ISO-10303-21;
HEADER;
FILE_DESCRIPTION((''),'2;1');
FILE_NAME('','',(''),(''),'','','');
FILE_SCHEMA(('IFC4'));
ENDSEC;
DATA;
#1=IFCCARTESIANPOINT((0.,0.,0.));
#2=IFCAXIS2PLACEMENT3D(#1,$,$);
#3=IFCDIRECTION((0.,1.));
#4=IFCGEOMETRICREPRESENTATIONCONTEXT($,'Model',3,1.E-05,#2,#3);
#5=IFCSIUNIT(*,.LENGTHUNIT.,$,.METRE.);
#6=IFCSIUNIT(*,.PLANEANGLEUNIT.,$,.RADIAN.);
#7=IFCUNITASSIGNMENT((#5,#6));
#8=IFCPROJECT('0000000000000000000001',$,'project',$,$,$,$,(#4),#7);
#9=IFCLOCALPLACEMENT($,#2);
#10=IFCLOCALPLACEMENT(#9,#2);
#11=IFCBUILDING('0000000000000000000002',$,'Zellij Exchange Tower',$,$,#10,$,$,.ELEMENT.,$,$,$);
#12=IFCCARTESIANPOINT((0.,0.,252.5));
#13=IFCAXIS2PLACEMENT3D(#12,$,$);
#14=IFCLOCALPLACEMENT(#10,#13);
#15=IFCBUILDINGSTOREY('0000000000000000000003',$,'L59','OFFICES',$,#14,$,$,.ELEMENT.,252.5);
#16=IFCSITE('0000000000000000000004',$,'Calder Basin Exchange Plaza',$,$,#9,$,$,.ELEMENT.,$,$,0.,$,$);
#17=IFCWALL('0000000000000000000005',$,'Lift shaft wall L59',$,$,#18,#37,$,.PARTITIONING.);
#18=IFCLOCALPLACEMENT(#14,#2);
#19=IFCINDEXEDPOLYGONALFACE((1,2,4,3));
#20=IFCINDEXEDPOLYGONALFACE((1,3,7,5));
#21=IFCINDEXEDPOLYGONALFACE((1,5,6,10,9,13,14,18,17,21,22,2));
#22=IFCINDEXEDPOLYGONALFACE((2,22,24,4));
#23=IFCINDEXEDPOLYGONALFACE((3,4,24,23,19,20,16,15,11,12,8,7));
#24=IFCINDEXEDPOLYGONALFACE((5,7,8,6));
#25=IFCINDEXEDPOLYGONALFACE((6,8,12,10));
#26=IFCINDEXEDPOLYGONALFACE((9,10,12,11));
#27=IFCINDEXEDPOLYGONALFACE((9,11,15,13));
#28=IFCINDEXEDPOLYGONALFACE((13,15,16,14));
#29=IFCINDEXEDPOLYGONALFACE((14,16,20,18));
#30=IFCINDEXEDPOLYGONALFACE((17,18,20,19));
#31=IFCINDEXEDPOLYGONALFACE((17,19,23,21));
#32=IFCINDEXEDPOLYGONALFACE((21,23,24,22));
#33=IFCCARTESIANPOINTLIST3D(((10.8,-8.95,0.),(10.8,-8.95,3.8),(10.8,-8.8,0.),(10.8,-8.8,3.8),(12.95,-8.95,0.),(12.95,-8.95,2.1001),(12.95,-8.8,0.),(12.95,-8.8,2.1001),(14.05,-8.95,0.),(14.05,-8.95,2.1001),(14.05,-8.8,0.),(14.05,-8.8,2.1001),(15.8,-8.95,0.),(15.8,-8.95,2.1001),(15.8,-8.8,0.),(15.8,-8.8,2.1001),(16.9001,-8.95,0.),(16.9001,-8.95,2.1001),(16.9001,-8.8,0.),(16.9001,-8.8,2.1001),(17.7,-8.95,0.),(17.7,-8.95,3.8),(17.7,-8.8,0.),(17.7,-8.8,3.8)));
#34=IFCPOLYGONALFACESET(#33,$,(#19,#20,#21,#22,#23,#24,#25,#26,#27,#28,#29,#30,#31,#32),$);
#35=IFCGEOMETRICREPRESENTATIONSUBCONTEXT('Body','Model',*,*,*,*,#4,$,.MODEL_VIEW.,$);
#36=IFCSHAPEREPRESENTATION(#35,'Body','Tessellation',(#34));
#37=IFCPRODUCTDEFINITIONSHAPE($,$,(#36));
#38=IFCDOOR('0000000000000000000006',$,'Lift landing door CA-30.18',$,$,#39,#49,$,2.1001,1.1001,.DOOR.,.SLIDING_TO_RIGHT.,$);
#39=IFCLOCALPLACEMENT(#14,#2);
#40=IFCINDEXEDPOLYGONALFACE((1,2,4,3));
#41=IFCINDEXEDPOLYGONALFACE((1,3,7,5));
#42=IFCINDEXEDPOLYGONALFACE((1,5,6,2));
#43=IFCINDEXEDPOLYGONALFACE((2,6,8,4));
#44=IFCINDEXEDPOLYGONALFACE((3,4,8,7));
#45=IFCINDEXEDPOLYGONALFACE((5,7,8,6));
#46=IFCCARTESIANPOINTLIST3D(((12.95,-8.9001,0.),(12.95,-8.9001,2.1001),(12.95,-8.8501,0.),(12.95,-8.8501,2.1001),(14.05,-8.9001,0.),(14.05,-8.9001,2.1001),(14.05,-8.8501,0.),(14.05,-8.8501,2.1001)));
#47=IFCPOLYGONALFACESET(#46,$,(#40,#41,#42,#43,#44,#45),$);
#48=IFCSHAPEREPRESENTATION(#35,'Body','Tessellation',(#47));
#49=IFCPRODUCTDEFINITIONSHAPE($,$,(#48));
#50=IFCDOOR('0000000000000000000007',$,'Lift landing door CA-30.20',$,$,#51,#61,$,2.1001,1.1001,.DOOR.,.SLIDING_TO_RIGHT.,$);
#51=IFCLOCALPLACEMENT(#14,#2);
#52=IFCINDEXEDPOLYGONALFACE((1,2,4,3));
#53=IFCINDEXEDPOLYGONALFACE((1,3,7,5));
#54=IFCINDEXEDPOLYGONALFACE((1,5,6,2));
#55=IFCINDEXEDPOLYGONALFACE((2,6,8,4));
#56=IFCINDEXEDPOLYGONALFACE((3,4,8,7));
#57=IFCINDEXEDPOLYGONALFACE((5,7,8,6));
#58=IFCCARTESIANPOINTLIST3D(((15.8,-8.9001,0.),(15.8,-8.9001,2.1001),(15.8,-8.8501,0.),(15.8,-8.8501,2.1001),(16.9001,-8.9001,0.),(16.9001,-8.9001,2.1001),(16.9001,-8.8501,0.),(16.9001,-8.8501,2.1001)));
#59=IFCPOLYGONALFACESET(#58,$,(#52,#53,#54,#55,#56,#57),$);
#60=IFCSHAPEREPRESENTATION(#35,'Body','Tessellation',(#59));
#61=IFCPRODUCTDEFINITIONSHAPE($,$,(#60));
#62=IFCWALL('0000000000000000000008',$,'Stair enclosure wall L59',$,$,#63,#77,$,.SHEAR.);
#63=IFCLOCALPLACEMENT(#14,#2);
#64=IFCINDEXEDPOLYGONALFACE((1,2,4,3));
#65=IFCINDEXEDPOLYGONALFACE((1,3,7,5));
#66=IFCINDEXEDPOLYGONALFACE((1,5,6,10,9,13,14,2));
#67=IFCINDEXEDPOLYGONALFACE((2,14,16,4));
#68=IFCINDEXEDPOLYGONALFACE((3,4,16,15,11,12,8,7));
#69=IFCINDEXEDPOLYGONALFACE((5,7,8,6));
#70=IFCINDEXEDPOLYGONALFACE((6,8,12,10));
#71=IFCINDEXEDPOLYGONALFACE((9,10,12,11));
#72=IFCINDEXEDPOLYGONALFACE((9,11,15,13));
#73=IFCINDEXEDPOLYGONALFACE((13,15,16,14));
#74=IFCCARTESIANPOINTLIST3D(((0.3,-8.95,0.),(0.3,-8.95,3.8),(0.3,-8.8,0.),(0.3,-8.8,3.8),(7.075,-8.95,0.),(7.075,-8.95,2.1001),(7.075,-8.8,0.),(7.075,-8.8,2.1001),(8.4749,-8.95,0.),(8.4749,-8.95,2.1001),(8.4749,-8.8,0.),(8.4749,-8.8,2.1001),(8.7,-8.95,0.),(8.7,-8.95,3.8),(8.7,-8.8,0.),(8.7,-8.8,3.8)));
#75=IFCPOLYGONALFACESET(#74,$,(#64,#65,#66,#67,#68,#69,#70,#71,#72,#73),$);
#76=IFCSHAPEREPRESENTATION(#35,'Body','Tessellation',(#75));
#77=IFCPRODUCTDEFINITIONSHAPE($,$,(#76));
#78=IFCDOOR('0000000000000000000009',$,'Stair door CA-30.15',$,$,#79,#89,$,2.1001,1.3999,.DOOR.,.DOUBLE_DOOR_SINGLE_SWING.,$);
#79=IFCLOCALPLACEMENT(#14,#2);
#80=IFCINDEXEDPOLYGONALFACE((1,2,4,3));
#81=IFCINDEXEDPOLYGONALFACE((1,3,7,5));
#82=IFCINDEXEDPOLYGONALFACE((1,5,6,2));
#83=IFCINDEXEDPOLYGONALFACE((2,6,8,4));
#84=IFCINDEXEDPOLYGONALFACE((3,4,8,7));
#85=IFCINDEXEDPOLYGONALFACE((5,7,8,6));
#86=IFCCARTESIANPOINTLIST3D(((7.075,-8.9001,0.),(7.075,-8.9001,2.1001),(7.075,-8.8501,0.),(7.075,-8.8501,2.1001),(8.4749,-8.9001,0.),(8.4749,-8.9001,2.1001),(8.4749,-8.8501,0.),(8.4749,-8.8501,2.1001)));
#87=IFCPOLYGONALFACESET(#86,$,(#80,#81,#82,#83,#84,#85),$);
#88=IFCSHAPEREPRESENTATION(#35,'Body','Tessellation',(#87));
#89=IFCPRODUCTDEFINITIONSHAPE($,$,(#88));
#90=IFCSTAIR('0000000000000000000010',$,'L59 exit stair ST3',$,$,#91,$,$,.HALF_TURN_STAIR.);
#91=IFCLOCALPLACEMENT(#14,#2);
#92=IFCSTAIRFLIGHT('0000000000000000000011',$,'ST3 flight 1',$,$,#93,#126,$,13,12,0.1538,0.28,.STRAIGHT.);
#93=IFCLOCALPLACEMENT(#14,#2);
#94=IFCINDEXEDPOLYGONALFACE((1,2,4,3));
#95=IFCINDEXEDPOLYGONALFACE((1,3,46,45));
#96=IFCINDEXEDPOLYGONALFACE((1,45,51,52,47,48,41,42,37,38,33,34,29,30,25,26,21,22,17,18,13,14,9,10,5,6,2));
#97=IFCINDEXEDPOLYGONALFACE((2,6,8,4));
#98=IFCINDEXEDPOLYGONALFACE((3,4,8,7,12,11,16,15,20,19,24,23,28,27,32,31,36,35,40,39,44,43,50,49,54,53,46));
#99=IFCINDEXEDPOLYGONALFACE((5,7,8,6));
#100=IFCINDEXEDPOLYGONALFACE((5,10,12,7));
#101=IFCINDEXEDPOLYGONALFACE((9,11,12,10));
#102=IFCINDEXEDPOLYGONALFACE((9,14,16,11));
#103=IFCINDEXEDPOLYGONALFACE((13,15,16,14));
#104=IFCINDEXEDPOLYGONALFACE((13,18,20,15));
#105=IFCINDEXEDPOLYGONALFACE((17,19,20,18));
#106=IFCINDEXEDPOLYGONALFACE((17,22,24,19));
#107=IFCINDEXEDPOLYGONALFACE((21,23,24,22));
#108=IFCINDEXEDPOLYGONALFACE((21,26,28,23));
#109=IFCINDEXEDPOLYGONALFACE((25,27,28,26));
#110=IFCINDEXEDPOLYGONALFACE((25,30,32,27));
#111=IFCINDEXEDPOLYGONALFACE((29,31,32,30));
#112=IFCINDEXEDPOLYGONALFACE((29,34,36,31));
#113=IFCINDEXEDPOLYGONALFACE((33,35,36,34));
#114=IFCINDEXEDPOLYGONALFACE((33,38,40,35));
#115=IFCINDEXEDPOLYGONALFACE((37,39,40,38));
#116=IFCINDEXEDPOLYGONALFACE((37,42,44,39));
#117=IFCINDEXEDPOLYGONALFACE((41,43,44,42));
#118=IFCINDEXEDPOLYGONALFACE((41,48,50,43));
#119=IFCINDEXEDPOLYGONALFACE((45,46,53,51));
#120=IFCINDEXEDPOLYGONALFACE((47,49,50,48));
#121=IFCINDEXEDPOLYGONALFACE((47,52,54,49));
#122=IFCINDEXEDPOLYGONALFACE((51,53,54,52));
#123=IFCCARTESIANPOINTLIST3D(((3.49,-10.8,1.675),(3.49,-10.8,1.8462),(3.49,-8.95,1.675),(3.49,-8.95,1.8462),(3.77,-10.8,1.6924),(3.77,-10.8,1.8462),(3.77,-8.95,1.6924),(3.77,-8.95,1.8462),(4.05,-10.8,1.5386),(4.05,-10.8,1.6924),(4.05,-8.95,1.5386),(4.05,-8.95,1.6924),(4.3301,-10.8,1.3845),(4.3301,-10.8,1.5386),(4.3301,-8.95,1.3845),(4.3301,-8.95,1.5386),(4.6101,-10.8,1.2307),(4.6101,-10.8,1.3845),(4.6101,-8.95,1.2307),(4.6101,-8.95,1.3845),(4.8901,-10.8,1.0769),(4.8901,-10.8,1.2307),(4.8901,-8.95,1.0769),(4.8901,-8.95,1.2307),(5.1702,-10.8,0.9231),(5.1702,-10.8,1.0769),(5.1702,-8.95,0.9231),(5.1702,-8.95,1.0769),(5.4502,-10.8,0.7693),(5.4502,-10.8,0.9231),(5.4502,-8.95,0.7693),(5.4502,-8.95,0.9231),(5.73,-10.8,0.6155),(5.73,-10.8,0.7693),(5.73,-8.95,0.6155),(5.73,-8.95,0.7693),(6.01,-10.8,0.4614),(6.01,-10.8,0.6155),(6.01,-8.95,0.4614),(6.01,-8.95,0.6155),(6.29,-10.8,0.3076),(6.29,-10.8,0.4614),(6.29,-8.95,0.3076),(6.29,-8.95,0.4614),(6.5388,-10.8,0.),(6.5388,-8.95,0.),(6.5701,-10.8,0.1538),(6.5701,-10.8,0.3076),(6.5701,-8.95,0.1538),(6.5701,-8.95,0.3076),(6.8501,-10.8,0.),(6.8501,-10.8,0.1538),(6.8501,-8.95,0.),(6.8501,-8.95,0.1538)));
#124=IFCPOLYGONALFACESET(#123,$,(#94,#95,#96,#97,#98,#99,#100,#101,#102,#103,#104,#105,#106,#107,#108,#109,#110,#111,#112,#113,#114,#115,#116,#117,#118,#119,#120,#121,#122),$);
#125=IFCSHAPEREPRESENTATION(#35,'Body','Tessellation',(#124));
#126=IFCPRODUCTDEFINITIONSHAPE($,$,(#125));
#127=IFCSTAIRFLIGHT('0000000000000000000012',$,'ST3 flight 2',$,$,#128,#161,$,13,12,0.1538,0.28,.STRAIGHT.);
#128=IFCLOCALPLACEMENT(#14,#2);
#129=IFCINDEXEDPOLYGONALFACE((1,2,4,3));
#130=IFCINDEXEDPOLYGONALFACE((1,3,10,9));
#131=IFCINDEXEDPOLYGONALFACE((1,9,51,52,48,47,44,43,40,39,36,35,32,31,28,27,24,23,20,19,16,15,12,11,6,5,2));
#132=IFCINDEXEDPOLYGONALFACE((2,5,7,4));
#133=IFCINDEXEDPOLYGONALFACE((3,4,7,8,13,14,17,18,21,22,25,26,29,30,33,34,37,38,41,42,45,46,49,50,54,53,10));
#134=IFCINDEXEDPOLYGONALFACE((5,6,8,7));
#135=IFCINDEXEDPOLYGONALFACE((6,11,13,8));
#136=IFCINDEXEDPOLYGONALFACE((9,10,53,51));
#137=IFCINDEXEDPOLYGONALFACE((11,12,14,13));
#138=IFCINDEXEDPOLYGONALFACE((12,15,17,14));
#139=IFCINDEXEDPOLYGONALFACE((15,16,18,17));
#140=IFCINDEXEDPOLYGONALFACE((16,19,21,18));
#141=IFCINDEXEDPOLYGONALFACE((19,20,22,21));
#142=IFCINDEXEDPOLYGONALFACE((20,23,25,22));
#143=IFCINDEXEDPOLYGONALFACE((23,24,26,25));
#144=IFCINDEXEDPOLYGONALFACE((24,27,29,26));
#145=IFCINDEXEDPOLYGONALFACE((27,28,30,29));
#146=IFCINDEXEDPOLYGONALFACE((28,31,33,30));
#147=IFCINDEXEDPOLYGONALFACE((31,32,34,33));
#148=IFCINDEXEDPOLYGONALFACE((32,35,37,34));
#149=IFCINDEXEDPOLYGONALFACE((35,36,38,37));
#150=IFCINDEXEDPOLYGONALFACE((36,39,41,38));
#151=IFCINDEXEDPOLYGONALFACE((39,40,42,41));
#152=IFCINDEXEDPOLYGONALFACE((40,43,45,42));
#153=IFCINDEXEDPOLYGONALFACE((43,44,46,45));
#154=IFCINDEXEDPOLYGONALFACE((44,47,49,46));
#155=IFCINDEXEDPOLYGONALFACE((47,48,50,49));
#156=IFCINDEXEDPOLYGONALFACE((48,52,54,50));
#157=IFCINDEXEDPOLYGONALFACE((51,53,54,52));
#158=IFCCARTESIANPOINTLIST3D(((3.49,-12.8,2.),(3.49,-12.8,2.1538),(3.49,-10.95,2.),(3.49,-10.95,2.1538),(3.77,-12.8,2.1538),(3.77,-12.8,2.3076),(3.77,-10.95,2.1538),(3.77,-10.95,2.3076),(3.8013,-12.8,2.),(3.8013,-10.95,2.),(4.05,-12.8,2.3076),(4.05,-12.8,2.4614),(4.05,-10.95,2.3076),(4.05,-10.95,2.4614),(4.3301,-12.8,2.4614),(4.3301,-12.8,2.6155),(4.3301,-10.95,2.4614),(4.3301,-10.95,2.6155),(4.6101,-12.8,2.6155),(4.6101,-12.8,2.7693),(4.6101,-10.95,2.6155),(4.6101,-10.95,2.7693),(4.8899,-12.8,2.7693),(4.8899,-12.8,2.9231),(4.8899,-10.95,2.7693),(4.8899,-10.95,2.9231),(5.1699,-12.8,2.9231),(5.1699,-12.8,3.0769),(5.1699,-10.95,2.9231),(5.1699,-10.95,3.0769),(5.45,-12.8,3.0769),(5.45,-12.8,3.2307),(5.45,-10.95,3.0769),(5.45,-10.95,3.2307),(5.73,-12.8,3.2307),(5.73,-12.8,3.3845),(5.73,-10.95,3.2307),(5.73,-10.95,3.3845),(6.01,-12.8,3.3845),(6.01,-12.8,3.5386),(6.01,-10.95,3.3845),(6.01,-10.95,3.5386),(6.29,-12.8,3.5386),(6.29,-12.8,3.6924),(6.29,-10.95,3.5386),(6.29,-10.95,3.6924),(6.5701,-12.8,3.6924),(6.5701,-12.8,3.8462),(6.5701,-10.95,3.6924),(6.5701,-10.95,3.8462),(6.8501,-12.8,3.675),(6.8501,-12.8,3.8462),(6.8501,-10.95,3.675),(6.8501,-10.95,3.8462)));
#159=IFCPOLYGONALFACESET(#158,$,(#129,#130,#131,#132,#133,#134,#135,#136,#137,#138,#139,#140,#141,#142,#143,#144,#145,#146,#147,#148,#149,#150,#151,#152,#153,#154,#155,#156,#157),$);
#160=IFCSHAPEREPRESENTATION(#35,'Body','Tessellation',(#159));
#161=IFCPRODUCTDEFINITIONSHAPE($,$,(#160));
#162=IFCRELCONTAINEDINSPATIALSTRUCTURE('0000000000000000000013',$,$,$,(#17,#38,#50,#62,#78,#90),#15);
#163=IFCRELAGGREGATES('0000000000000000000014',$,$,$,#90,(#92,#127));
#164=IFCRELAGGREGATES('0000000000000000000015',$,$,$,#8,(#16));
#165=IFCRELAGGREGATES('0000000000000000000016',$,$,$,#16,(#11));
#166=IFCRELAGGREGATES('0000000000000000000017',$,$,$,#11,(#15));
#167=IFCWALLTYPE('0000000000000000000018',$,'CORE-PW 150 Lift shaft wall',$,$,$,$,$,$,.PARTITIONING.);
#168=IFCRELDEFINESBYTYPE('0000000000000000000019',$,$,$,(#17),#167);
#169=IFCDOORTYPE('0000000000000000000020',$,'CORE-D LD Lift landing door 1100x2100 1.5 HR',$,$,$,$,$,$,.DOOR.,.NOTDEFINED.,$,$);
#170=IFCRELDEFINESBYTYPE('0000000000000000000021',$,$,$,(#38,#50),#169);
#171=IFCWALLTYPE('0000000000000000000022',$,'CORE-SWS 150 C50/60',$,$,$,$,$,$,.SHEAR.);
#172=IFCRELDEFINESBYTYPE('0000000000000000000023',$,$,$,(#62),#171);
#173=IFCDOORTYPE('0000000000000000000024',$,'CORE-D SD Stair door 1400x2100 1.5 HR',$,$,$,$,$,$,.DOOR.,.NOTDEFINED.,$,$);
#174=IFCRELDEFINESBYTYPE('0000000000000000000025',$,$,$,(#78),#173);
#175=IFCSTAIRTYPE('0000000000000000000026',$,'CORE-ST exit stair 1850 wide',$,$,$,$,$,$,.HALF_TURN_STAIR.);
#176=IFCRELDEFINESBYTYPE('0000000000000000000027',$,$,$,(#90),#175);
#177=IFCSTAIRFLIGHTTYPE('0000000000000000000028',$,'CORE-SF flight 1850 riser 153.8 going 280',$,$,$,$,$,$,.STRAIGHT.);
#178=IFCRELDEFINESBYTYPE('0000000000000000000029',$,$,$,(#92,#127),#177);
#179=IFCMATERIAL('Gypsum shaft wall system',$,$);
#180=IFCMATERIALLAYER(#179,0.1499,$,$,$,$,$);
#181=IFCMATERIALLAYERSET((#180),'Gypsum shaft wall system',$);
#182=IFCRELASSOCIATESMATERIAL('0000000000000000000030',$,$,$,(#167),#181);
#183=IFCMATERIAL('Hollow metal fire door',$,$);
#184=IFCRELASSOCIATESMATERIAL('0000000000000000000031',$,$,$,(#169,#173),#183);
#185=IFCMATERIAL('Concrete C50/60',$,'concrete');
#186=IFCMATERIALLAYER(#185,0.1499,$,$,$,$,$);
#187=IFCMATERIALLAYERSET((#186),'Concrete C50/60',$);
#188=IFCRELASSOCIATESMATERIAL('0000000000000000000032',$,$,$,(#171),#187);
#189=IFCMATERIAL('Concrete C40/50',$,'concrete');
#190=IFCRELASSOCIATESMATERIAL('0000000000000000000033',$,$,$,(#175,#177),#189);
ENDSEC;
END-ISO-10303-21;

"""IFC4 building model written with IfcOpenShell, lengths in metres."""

from ifc_helpers import new_model, si_unit, direction, frame, frame_2d, origin, place, context, subcontext, project, spatial, polyline, rectangle, outline, extrude, material, layer, layer_set, type_object, element, fill, aggregate, save


model = new_model("IFC4")

# Units and contexts
model_context = context("Model", 3, precision=1e-05, world=origin(), true_north=direction((0.0, 1.0)))
body_context = subcontext(model_context, "Body", "Model", "MODEL_VIEW")
ifc_project = project(units=[si_unit("LENGTHUNIT", "METRE"), si_unit("PLANEANGLEUNIT", "RADIAN")], contexts=[model_context])

# Site, building, storey
site_placement = place(None, origin())
site = spatial("IfcSite", under=ifc_project, at=site_placement, Name="Calder Basin Exchange Plaza", CompositionType="ELEMENT", RefElevation=0.0)
building_placement = place(site_placement, origin())
building = spatial("IfcBuilding", under=site, at=building_placement, Name="Zellij Exchange Tower", CompositionType="ELEMENT")
storey_placement = place(building_placement, frame((0.0, 0.0, 252.5)))
storey = spatial("IfcBuildingStorey", under=building, at=storey_placement, Name="L59", Description="OFFICES", CompositionType="ELEMENT", Elevation=252.5)

# Shared definitions
ifc_material_1 = material(Name="Concrete C50/60", Category="concrete")

# Shared definitions
ifc_material_2 = material(Name="Gypsum shaft wall system")
ifc_material_3 = material(Name="Hollow metal fire door")

# Shared definitions
ifc_layer_1 = layer(ifc_material_2, 0.1499)
ifc_layer_set_1 = layer_set([ifc_layer_1], Name="Gypsum shaft wall system")
wall_type_1 = type_object("IfcWallType", Name="CORE-PW 150 Lift shaft wall", PredefinedType="PARTITIONING", material=ifc_layer_set_1)

# Wall, openings, doors
wall_1_placement = place(storey_placement, frame((10.8, -8.875, 0.0), z_axis=(0.0, 0.0, 1.0), x_axis=(1.0, 0.0, 0.0)))
wall_1 = element("IfcWall", 1, at=wall_1_placement, inside=storey, type_object=wall_type_1, Name="Lift shaft wall L59", PredefinedType="PARTITIONING", context=body_context, shape_type="SweptSolid", body=[
    extrude(rectangle(XDim=6.8999, YDim=0.1499, at=frame_2d((3.45, 0.0))), origin(), (0.0, 0.0, 1.0), 3.8),
])
opening_1_placement = place(wall_1_placement, frame((2.1499, 0.0, 0.0)))
opening_1 = element("IfcOpeningElement", 2, at=opening_1_placement, cuts=wall_1, PredefinedType="OPENING", context=body_context, shape_type="SweptSolid", body=[
    extrude(rectangle(XDim=1.1001, YDim=2.1001, at=frame_2d((0.55, 1.05))), frame((0.0, 0.0869, 0.0), z_axis=(0.0, -1.0, 0.0), x_axis=(1.0, 0.0, 0.0)), (0.0, 0.0, 1.0), 0.1738),
])
opening_2_placement = place(wall_1_placement, frame((5.0, 0.0, 0.0)))
opening_2 = element("IfcOpeningElement", 3, at=opening_2_placement, cuts=wall_1, PredefinedType="OPENING", context=body_context, shape_type="SweptSolid", body=[
    extrude(rectangle(XDim=1.1001, YDim=2.1001, at=frame_2d((0.55, 1.05))), frame((0.0, 0.0869, 0.0), z_axis=(0.0, -1.0, 0.0), x_axis=(1.0, 0.0, 0.0)), (0.0, 0.0, 1.0), 0.1738),
])
door_type_1 = type_object("IfcDoorType", Name="CORE-D LD Lift landing door 1100x2100 1.5 HR", OperationType="NOTDEFINED", PredefinedType="DOOR", material=ifc_material_3)
door_1_placement = place(opening_1_placement, origin())
door_1 = element("IfcDoor", 4, at=door_1_placement, inside=storey, type_object=door_type_1, Name="Lift landing door CA-30.18", OperationType="SLIDING_TO_RIGHT", OverallHeight=2.1001, OverallWidth=1.1001, PredefinedType="DOOR", context=body_context, shape_type="SweptSolid", body=[
    extrude(rectangle(XDim=1.1001, YDim=2.1001, at=frame_2d((0.55, 1.05))), frame((0.0, 0.0249, 0.0), z_axis=(0.0, -1.0, 0.0), x_axis=(1.0, 0.0, 0.0)), (0.0, 0.0, 1.0), 0.05),
])
fill(opening_1, door_1)
door_2_placement = place(opening_2_placement, origin())
door_2 = element("IfcDoor", 5, at=door_2_placement, inside=storey, type_object=door_type_1, Name="Lift landing door CA-30.20", OperationType="SLIDING_TO_RIGHT", OverallHeight=2.1001, OverallWidth=1.1001, PredefinedType="DOOR", context=body_context, shape_type="SweptSolid", body=[
    extrude(rectangle(XDim=1.1001, YDim=2.1001, at=frame_2d((0.55, 1.05))), frame((0.0, 0.0249, 0.0), z_axis=(0.0, -1.0, 0.0), x_axis=(1.0, 0.0, 0.0)), (0.0, 0.0, 1.0), 0.05),
])
fill(opening_2, door_2)

# Wall, opening, door
ifc_layer_2 = layer(ifc_material_1, 0.1499)
ifc_layer_set_2 = layer_set([ifc_layer_2], Name="Concrete C50/60")
wall_type_2 = type_object("IfcWallType", Name="CORE-SWS 150 C50/60", PredefinedType="SHEAR", material=ifc_layer_set_2)
wall_2_placement = place(storey_placement, frame((0.3, -8.875, 0.0), z_axis=(0.0, 0.0, 1.0), x_axis=(1.0, 0.0, 0.0)))
wall_2 = element("IfcWall", 6, at=wall_2_placement, inside=storey, type_object=wall_type_2, Name="Stair enclosure wall L59", PredefinedType="SHEAR", context=body_context, shape_type="SweptSolid", body=[
    extrude(rectangle(XDim=8.3999, YDim=0.1499, at=frame_2d((4.2, 0.0))), origin(), (0.0, 0.0, 1.0), 3.8),
])
opening_3_placement = place(wall_2_placement, frame((6.7749, 0.0, 0.0)))
opening_3 = element("IfcOpeningElement", 7, at=opening_3_placement, cuts=wall_2, PredefinedType="OPENING", context=body_context, shape_type="SweptSolid", body=[
    extrude(rectangle(XDim=1.3999, YDim=2.1001, at=frame_2d((0.7, 1.05))), frame((0.0, 0.0869, 0.0), z_axis=(0.0, -1.0, 0.0), x_axis=(1.0, 0.0, 0.0)), (0.0, 0.0, 1.0), 0.1738),
])
door_type_2 = type_object("IfcDoorType", Name="CORE-D SD Stair door 1400x2100 1.5 HR", OperationType="NOTDEFINED", PredefinedType="DOOR", material=ifc_material_3)
door_3_placement = place(opening_3_placement, origin())
door_3 = element("IfcDoor", 8, at=door_3_placement, inside=storey, type_object=door_type_2, Name="Stair door CA-30.15", OperationType="DOUBLE_DOOR_SINGLE_SWING", OverallHeight=2.1001, OverallWidth=1.3999, PredefinedType="DOOR", context=body_context, shape_type="SweptSolid", body=[
    extrude(rectangle(XDim=1.3999, YDim=2.1001, at=frame_2d((0.7, 1.05))), frame((0.0, 0.0249, 0.0), z_axis=(0.0, -1.0, 0.0), x_axis=(1.0, 0.0, 0.0)), (0.0, 0.0, 1.0), 0.05),
])
fill(opening_3, door_3)

# Stair, stair flights
ifc_material_4 = material(Name="Concrete C40/50", Category="concrete")
stair_type = type_object("IfcStairType", Name="CORE-ST exit stair 1850 wide", PredefinedType="HALF_TURN_STAIR", material=ifc_material_4)
stair_placement = place(storey_placement, origin())
stair = element("IfcStair", 9, at=stair_placement, inside=storey, type_object=stair_type, Name="L59 exit stair ST3", PredefinedType="HALF_TURN_STAIR")
stair_flight_type = type_object("IfcStairFlightType", Name="CORE-SF flight 1850 riser 153.8 going 280", PredefinedType="STRAIGHT", material=ifc_material_4)
stair_flight_1_placement = place(storey_placement, frame((6.8501, -9.875, 0.0), z_axis=(0.0, 0.0, 1.0), x_axis=(-1.0, 0.0, 0.0)))
stair_flight_1 = element("IfcStairFlight", 10, at=stair_flight_1_placement, type_object=stair_flight_type, Name="ST3 flight 1", NumberOfRisers=13, NumberOfTreads=12, PredefinedType="STRAIGHT", RiserHeight=0.1538, TreadLength=0.28, context=body_context, shape_type="SweptSolid", body=[
    extrude(outline(polyline([(0.0, 0.0), (0.0, 0.1538), (0.28, 0.1538), (0.28, 0.3076), (0.5601, 0.3076), (0.5601, 0.4614), (0.8401, 0.4614), (0.8401, 0.6155), (1.1201, 0.6155), (1.1201, 0.7693), (1.3999, 0.7693), (1.3999, 0.9231), (1.6799, 0.9231), (1.6799, 1.0769), (1.96, 1.0769), (1.96, 1.2307), (2.24, 1.2307), (2.24, 1.3845), (2.52, 1.3845), (2.52, 1.5386), (2.8, 1.5386), (2.8, 1.6924), (3.0801, 1.6924), (3.0801, 1.8462), (3.3601, 1.8462), (3.3601, 2.0), (3.3601, 1.675), (0.3113, 0.0), (0.0, 0.0)])), frame((0.0, 0.925, 0.0), z_axis=(0.0, -1.0, 0.0), x_axis=(1.0, 0.0, 0.0)), (0.0, 0.0, 1.0), 1.8501),
])
stair_flight_2_placement = place(storey_placement, frame((3.49, -11.875, 2.0), z_axis=(0.0, 0.0, 1.0), x_axis=(1.0, 0.0, 0.0)))
stair_flight_2 = element("IfcStairFlight", 11, at=stair_flight_2_placement, type_object=stair_flight_type, Name="ST3 flight 2", NumberOfRisers=13, NumberOfTreads=12, PredefinedType="STRAIGHT", RiserHeight=0.1538, TreadLength=0.28, context=body_context, shape_type="SweptSolid", body=[
    extrude(outline(polyline([(0.0, 0.0), (0.0, 0.1538), (0.28, 0.1538), (0.28, 0.3076), (0.5601, 0.3076), (0.5601, 0.4614), (0.8401, 0.4614), (0.8401, 0.6155), (1.1201, 0.6155), (1.1201, 0.7693), (1.3999, 0.7693), (1.3999, 0.9231), (1.6799, 0.9231), (1.6799, 1.0769), (1.96, 1.0769), (1.96, 1.2307), (2.24, 1.2307), (2.24, 1.3845), (2.52, 1.3845), (2.52, 1.5386), (2.8, 1.5386), (2.8, 1.6924), (3.0801, 1.6924), (3.0801, 1.8462), (3.3601, 1.8462), (3.3601, 2.0), (3.3601, 1.675), (0.3113, 0.0), (0.0, 0.0)])), frame((0.0, 0.925, 0.0), z_axis=(0.0, -1.0, 0.0), x_axis=(1.0, 0.0, 0.0)), (0.0, 0.0, 1.0), 1.8501),
])
aggregate(stair, [stair_flight_1, stair_flight_2])

save(model, "model.ifc")
